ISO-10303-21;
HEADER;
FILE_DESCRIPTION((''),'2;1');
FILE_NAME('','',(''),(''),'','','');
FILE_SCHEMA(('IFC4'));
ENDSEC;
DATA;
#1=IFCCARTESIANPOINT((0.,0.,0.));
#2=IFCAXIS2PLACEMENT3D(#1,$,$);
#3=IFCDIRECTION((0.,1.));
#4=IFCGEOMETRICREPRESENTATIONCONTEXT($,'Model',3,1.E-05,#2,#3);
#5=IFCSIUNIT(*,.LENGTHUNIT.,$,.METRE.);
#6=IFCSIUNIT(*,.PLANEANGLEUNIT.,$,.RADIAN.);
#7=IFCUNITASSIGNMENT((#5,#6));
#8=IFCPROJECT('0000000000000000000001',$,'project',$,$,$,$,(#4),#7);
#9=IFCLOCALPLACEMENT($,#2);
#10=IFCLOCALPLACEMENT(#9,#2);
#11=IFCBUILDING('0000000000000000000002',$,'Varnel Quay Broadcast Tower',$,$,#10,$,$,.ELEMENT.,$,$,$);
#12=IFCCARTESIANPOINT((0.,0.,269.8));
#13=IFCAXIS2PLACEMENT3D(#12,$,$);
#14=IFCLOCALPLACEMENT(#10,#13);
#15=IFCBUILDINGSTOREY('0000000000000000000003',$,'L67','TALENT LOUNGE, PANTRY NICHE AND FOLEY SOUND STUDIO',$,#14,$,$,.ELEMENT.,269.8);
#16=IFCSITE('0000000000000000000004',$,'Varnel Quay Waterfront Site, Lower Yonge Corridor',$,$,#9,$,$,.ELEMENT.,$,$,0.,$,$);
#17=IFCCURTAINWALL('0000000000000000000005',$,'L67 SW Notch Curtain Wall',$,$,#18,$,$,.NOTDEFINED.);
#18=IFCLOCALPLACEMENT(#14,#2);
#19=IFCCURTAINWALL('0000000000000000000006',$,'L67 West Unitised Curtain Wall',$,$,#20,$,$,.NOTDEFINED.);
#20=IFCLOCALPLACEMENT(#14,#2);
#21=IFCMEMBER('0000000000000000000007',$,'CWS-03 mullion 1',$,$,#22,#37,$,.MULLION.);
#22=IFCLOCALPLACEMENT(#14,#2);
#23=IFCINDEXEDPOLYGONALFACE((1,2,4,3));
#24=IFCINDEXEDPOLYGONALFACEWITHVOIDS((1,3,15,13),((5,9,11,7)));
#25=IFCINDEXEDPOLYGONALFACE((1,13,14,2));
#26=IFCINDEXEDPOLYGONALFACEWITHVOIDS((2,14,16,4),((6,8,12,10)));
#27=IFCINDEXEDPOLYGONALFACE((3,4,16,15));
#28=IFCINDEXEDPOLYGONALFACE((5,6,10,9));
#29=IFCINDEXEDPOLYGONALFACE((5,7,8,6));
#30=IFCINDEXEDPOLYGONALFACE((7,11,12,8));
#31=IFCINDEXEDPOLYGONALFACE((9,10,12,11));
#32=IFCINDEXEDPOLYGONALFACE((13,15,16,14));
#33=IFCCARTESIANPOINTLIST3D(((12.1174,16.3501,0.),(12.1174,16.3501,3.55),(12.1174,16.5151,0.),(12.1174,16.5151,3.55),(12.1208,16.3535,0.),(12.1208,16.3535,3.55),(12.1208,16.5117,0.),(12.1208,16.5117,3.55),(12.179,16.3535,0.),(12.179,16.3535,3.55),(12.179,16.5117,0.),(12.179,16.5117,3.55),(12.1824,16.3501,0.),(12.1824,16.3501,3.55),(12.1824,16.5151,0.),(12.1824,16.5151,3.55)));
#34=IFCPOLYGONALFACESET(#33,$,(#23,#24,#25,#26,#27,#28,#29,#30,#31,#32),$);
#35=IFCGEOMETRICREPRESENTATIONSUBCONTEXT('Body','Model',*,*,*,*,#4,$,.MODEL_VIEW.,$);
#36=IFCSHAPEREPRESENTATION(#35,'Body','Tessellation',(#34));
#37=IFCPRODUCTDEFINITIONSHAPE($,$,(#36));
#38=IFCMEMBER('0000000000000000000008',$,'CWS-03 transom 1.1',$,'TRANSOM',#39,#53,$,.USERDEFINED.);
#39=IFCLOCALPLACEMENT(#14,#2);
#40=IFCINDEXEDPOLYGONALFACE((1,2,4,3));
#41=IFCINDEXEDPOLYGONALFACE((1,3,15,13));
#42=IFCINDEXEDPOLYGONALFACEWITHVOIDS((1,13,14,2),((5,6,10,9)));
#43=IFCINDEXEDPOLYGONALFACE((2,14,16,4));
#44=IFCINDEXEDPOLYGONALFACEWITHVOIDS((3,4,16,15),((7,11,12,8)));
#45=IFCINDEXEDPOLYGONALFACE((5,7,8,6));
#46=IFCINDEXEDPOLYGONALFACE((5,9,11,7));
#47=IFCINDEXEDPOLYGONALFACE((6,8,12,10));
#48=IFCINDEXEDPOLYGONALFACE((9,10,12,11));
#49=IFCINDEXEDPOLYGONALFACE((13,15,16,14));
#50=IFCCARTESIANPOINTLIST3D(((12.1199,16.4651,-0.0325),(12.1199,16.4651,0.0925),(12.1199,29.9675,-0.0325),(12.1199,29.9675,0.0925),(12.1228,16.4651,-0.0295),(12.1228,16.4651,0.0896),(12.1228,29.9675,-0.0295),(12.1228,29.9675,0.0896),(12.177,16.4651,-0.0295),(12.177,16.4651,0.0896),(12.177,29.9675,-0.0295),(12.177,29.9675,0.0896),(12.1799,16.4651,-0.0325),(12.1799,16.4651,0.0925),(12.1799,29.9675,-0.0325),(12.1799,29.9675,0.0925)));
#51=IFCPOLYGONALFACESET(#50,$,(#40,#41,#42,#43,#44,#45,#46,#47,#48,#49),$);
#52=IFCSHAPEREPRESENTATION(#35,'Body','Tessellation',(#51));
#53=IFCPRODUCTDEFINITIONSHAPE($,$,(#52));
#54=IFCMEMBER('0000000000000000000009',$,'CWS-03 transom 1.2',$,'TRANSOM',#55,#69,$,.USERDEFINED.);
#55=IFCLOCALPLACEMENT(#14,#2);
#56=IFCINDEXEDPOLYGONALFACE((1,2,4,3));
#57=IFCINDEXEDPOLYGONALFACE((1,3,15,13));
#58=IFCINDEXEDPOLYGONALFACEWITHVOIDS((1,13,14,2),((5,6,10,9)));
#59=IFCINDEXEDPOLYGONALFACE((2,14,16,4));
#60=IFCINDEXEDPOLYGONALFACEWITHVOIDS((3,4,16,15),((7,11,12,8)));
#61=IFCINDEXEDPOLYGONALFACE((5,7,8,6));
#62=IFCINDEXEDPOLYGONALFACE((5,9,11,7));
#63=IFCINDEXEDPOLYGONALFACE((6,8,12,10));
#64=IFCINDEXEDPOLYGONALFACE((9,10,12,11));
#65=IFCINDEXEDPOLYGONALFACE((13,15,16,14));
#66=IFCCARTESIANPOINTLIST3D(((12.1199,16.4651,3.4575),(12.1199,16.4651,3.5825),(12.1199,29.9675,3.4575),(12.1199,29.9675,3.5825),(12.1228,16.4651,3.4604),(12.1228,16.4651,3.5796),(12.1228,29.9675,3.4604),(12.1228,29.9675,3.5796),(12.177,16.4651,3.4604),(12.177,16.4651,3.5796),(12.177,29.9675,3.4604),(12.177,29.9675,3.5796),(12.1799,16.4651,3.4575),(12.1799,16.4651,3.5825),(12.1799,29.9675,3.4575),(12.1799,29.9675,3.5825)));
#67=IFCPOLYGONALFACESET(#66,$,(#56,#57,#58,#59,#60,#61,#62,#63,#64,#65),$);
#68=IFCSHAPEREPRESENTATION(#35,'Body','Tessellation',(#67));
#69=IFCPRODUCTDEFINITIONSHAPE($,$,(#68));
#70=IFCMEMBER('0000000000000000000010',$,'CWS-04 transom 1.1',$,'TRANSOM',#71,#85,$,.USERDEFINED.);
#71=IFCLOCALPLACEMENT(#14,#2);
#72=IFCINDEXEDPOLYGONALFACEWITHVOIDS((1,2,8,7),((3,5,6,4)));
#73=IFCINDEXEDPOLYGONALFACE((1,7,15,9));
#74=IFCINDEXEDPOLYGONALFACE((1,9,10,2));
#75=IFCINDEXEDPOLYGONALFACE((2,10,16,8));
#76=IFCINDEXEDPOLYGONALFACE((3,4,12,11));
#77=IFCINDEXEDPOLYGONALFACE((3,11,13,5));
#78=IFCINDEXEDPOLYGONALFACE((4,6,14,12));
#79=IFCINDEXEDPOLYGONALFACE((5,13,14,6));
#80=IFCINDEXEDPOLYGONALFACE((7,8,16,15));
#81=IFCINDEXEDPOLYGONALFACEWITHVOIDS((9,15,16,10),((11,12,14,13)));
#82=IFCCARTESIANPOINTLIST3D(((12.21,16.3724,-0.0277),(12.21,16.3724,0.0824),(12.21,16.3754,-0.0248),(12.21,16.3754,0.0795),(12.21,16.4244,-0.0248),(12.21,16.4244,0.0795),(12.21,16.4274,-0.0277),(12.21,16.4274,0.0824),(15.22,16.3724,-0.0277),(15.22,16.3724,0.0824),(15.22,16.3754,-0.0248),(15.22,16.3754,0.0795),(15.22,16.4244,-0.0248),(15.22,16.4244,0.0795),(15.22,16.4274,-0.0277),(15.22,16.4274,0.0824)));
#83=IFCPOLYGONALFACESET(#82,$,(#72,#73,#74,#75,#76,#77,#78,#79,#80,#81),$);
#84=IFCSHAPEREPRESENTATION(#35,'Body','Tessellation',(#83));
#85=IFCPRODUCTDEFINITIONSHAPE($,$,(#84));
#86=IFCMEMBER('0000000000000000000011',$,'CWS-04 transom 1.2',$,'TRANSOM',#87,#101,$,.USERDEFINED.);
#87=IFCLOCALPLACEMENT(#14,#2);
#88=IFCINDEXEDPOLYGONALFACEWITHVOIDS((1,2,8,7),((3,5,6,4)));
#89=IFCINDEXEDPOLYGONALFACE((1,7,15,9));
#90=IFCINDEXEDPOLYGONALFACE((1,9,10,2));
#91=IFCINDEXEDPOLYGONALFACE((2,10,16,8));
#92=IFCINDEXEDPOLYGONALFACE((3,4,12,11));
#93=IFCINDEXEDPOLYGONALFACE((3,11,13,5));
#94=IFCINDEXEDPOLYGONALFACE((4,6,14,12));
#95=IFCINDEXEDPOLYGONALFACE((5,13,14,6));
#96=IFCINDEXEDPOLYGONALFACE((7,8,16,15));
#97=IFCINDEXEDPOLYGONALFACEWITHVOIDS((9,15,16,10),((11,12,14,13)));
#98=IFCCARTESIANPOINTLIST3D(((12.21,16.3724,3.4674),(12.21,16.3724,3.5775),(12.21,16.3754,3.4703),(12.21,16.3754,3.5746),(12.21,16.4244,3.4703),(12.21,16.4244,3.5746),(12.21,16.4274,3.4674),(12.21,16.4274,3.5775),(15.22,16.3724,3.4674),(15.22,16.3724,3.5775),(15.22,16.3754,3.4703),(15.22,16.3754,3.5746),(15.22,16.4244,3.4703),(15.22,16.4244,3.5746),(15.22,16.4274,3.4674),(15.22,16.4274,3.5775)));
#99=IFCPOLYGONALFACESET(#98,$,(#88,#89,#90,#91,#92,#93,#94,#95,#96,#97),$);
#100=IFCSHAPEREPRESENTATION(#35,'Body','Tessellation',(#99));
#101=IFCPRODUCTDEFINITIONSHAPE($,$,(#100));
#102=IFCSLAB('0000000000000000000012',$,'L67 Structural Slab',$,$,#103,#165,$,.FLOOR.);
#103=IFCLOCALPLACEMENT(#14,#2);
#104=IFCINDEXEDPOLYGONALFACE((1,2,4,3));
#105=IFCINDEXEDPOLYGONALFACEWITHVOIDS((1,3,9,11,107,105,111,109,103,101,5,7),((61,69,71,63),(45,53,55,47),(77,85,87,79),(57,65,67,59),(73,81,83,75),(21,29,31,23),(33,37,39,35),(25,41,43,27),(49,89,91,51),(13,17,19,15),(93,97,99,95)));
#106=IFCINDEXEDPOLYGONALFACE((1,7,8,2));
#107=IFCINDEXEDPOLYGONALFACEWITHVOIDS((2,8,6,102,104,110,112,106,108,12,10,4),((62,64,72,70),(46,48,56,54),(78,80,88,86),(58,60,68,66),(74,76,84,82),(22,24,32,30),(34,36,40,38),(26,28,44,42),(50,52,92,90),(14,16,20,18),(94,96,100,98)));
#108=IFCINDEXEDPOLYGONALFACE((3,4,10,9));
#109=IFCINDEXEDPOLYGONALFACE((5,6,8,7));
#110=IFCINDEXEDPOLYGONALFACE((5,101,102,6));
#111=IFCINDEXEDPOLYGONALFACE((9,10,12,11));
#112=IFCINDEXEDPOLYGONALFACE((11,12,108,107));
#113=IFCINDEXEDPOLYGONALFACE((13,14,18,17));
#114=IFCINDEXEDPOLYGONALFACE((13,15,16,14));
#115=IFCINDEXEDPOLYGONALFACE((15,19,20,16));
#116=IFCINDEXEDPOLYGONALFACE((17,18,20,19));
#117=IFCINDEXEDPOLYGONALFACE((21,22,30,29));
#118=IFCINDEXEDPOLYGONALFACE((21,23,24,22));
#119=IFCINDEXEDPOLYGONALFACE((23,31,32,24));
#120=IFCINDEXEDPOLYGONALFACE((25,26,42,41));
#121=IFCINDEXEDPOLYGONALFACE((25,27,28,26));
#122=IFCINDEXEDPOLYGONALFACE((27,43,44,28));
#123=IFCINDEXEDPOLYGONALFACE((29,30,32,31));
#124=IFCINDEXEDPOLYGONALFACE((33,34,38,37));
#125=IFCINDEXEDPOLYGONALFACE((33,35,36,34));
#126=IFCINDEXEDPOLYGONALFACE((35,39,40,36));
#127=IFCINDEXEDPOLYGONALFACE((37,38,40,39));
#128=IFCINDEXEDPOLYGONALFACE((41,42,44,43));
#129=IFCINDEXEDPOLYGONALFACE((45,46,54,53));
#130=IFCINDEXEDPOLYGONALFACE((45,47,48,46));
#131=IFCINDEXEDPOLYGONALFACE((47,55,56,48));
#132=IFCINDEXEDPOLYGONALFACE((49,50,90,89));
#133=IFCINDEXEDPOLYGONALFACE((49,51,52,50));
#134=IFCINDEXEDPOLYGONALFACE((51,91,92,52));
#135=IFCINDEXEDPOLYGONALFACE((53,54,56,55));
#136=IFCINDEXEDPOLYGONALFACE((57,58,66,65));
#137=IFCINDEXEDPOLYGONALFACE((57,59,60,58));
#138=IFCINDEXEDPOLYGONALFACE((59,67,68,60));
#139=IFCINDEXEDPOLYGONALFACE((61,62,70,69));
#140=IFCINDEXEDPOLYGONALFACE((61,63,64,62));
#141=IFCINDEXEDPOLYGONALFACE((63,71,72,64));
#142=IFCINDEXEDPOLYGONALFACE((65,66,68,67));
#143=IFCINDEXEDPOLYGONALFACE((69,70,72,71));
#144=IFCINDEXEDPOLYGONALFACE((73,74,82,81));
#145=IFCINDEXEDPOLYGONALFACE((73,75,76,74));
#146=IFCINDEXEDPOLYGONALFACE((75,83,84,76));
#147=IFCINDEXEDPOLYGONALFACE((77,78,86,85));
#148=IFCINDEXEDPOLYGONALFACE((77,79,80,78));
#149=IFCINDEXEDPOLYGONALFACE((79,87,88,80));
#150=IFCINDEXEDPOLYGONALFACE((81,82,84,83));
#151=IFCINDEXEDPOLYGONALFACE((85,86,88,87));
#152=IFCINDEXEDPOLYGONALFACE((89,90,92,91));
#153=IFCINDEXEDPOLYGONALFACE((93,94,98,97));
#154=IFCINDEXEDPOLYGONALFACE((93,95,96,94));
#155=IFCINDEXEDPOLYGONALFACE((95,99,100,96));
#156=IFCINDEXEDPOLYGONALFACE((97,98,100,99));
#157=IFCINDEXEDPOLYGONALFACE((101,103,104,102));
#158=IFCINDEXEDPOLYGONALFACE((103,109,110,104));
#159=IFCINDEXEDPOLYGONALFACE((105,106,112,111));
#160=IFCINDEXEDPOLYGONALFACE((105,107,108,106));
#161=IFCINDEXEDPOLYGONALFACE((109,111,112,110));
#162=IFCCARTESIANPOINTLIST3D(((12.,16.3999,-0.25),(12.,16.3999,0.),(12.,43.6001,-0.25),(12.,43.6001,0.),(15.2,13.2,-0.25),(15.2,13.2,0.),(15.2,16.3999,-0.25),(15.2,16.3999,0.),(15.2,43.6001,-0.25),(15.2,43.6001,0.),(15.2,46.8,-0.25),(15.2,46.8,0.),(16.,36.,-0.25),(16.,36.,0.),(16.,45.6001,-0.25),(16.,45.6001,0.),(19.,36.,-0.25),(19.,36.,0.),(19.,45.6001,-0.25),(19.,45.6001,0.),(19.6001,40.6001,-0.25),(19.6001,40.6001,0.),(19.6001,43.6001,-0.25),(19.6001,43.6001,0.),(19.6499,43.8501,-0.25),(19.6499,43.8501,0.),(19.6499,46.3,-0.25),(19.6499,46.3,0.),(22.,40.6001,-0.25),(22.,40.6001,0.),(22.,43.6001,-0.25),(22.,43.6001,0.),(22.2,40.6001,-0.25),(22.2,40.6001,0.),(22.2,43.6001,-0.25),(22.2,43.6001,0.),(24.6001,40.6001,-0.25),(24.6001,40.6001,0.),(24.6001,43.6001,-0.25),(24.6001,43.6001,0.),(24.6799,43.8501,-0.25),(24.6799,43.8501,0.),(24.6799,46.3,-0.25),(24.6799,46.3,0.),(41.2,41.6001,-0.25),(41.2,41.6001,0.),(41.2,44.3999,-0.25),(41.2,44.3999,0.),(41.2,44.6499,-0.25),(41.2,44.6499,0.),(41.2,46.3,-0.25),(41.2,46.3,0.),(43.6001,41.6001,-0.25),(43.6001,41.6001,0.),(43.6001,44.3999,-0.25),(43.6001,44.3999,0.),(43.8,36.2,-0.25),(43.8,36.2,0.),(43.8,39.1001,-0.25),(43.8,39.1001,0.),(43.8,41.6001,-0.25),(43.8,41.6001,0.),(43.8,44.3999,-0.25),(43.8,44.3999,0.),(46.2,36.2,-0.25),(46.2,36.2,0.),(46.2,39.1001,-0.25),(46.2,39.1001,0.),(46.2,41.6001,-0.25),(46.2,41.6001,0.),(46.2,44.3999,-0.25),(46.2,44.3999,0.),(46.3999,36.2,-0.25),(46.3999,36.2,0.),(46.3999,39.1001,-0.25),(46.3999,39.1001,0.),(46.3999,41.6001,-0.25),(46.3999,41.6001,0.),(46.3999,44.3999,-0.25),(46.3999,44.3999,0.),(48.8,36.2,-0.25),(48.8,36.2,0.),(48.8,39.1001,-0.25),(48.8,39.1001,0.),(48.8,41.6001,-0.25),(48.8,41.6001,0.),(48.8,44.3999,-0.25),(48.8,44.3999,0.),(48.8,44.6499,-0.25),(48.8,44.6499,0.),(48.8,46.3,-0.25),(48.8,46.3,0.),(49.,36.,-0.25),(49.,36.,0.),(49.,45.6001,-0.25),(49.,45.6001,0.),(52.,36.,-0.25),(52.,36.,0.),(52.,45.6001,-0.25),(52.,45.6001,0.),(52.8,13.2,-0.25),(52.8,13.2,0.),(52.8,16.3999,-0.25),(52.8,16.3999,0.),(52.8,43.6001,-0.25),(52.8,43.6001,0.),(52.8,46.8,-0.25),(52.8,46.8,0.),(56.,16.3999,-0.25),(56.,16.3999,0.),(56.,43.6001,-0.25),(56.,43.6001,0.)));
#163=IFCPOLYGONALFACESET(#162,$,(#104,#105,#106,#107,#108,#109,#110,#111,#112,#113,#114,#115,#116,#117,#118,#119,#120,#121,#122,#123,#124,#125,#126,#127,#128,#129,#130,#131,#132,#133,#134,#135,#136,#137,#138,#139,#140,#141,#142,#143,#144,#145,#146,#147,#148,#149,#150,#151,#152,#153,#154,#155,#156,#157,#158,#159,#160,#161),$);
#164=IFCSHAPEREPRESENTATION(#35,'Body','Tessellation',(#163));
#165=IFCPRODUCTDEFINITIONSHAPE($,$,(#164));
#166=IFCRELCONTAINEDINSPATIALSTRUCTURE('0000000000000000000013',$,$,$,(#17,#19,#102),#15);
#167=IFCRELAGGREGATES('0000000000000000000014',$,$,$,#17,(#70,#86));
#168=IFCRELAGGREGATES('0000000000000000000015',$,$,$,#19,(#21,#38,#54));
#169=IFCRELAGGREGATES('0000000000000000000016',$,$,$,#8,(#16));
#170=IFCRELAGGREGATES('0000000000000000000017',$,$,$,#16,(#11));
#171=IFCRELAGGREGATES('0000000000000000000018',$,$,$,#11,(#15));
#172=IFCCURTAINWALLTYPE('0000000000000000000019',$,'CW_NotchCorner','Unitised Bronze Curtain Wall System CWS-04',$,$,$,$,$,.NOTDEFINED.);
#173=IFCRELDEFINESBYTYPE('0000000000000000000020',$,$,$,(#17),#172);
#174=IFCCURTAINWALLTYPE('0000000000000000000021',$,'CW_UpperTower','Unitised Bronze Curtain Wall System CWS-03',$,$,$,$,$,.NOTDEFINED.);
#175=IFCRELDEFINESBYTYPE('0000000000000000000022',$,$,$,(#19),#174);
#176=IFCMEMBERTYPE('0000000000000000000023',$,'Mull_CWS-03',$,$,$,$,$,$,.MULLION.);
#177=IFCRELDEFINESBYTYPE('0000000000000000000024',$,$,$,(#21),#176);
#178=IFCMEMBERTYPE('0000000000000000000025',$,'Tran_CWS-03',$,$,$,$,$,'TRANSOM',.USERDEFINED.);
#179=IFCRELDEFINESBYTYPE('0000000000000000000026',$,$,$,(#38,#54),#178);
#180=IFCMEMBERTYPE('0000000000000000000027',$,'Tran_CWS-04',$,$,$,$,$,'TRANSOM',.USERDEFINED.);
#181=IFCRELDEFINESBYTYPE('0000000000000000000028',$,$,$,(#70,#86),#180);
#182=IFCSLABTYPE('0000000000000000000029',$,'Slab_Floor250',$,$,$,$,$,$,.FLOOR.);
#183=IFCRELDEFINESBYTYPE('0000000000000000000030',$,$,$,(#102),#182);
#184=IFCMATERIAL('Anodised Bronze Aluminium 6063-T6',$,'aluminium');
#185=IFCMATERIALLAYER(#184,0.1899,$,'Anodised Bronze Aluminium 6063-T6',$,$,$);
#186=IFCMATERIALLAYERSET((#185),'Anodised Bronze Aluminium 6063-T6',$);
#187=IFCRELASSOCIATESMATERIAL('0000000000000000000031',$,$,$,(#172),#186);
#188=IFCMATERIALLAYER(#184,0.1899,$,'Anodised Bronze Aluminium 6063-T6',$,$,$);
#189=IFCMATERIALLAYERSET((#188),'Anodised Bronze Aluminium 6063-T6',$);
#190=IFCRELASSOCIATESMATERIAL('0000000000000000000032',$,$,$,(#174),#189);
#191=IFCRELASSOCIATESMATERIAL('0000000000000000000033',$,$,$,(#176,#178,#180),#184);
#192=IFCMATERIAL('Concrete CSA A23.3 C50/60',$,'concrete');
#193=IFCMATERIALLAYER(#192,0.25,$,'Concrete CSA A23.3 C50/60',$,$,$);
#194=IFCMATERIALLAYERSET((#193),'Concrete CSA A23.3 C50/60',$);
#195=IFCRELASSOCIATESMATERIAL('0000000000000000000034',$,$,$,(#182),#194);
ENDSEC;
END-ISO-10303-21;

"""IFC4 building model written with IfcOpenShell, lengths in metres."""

from ifc_helpers import new_model, si_unit, direction, frame, origin, origin_2d, place, context, subcontext, project, spatial, polyline, hollow_rectangle, outline, extrude, source, transform, mapped, material, layer, layer_set, material_profile, profile_set, type_object, type_shapes, element, aggregate, save


model = new_model("IFC4")

# Units and contexts
model_context = context("Model", 3, precision=1e-05, world=origin(), true_north=direction((0.0, 1.0)))
body_context = subcontext(model_context, "Body", "Model", "MODEL_VIEW")
ifc_project = project(units=[si_unit("LENGTHUNIT", "METRE"), si_unit("PLANEANGLEUNIT", "RADIAN")], contexts=[model_context])

# Site, building, storey
site_placement = place(None, origin())
site = spatial("IfcSite", under=ifc_project, at=site_placement, Name="Varnel Quay Waterfront Site, Lower Yonge Corridor", CompositionType="ELEMENT", RefElevation=0.0)
building_placement = place(site_placement, origin())
building = spatial("IfcBuilding", under=site, at=building_placement, Name="Varnel Quay Broadcast Tower", CompositionType="ELEMENT")
storey_placement = place(building_placement, frame((0.0, 0.0, 269.8)))
storey = spatial("IfcBuildingStorey", under=building, at=storey_placement, Name="L67", Description="TALENT LOUNGE, PANTRY NICHE AND FOLEY SOUND STUDIO", CompositionType="ELEMENT", Elevation=269.8)

# Curtain wall
ifc_material_1 = material(Name="Anodised Bronze Aluminium 6063-T6", Category="aluminium")
ifc_layer_1 = layer(ifc_material_1, 0.1899, Name="Anodised Bronze Aluminium 6063-T6")
ifc_layer_set_1 = layer_set([ifc_layer_1], Name="Anodised Bronze Aluminium 6063-T6")
curtain_wall_type_1 = type_object("IfcCurtainWallType", Name="CW_NotchCorner", Description="Unitised Bronze Curtain Wall System CWS-04", PredefinedType="NOTDEFINED", material=ifc_layer_set_1)
curtain_wall_1_placement = place(storey_placement, origin())
curtain_wall_1 = element("IfcCurtainWall", 1, at=curtain_wall_1_placement, inside=storey, type_object=curtain_wall_type_1, Name="L67 SW Notch Curtain Wall", PredefinedType="NOTDEFINED")

# Curtain wall, members
ifc_layer_2 = layer(ifc_material_1, 0.1899, Name="Anodised Bronze Aluminium 6063-T6")
ifc_layer_set_2 = layer_set([ifc_layer_2], Name="Anodised Bronze Aluminium 6063-T6")
curtain_wall_type_2 = type_object("IfcCurtainWallType", Name="CW_UpperTower", Description="Unitised Bronze Curtain Wall System CWS-03", PredefinedType="NOTDEFINED", material=ifc_layer_set_2)
curtain_wall_2_placement = place(storey_placement, origin())
curtain_wall_2 = element("IfcCurtainWall", 2, at=curtain_wall_2_placement, inside=storey, type_object=curtain_wall_type_2, Name="L67 West Unitised Curtain Wall", PredefinedType="NOTDEFINED")
ifc_material_profile_1 = material_profile(ifc_material_1, hollow_rectangle(XDim=0.0649, YDim=0.165, WallThickness=0.0034, at=origin_2d()), Name="ALU65X165X3.5")
ifc_profile_set_1 = profile_set([ifc_material_profile_1], Name="Anodised Bronze Aluminium 6063-T6")
member_type_1 = type_object("IfcMemberType", Name="Mull_CWS-03", PredefinedType="MULLION", material=ifc_profile_set_1)
shared_shape_1 = source(origin(), body_context, "Body", "SweptSolid", [
    extrude(hollow_rectangle(XDim=0.0649, YDim=0.165, WallThickness=0.0034, at=origin_2d()), origin(), (0.0, 0.0, 1.0), 3.55),
])
type_shapes(member_type_1, [shared_shape_1])
member_1_placement = place(storey_placement, frame((12.1499, 16.4326, 0.0), z_axis=(0.0, 0.0, 1.0), x_axis=(-1.0, 0.0, 0.0)))
member_1 = element("IfcMember", 3, at=member_1_placement, type_object=member_type_1, Name="CWS-03 mullion 1", PredefinedType="MULLION", context=body_context, shape_type="MappedRepresentation", body=[
    mapped(shared_shape_1, transform((0.0, 0.0, 0.0), x_axis=(1.0, 0.0, 0.0), y_axis=(0.0, 1.0, 0.0), z_axis=(0.0, 0.0, 1.0), scale=1.0)),
])
ifc_material_profile_2 = material_profile(ifc_material_1, hollow_rectangle(XDim=0.0601, YDim=0.125, WallThickness=0.0029, at=origin_2d()), Name="ALU60X125X3")
ifc_profile_set_2 = profile_set([ifc_material_profile_2], Name="Anodised Bronze Aluminium 6063-T6")
member_type_2 = type_object("IfcMemberType", Name="Tran_CWS-03", ElementType="TRANSOM", PredefinedType="USERDEFINED", material=ifc_profile_set_2)
shared_shape_2 = source(origin(), body_context, "Body", "SweptSolid", [
    extrude(hollow_rectangle(XDim=0.0601, YDim=0.125, WallThickness=0.0029, at=origin_2d()), origin(), (0.0, 0.0, 1.0), 13.5024),
])
type_shapes(member_type_2, [shared_shape_2])
member_2_placement = place(storey_placement, frame((12.1499, 16.4651, 0.03), z_axis=(0.0, 1.0, 0.0), x_axis=(-1.0, 0.0, 0.0)))
member_2 = element("IfcMember", 4, at=member_2_placement, type_object=member_type_2, Name="CWS-03 transom 1.1", ObjectType="TRANSOM", PredefinedType="USERDEFINED", context=body_context, shape_type="MappedRepresentation", body=[
    mapped(shared_shape_2, transform((0.0, 0.0, 0.0), x_axis=(1.0, 0.0, 0.0), y_axis=(0.0, 1.0, 0.0), z_axis=(0.0, 0.0, 1.0), scale=1.0)),
])
member_3_placement = place(storey_placement, frame((12.1499, 16.4651, 3.52), z_axis=(0.0, 1.0, 0.0), x_axis=(-1.0, 0.0, 0.0)))
member_3 = element("IfcMember", 5, at=member_3_placement, type_object=member_type_2, Name="CWS-03 transom 1.2", ObjectType="TRANSOM", PredefinedType="USERDEFINED", context=body_context, shape_type="MappedRepresentation", body=[
    mapped(shared_shape_2, transform((0.0, 0.0, 0.0), x_axis=(1.0, 0.0, 0.0), y_axis=(0.0, 1.0, 0.0), z_axis=(0.0, 0.0, 1.0), scale=1.0)),
])

# Members
ifc_material_profile_3 = material_profile(ifc_material_1, hollow_rectangle(XDim=0.0549, YDim=0.1101, WallThickness=0.0029, at=origin_2d()), Name="ALU55X110X3")
ifc_profile_set_3 = profile_set([ifc_material_profile_3], Name="Anodised Bronze Aluminium 6063-T6")
member_type_3 = type_object("IfcMemberType", Name="Tran_CWS-04", ElementType="TRANSOM", PredefinedType="USERDEFINED", material=ifc_profile_set_3)
shared_shape_3 = source(origin(), body_context, "Body", "SweptSolid", [
    extrude(hollow_rectangle(XDim=0.0549, YDim=0.1101, WallThickness=0.0029, at=origin_2d()), origin(), (0.0, 0.0, 1.0), 3.01),
])
type_shapes(member_type_3, [shared_shape_3])
member_4_placement = place(storey_placement, frame((12.21, 16.3999, 0.0273), z_axis=(1.0, 0.0, 0.0), x_axis=(0.0, 1.0, 0.0)))
member_4 = element("IfcMember", 6, at=member_4_placement, type_object=member_type_3, Name="CWS-04 transom 1.1", ObjectType="TRANSOM", PredefinedType="USERDEFINED", context=body_context, shape_type="MappedRepresentation", body=[
    mapped(shared_shape_3, transform((0.0, 0.0, 0.0), x_axis=(1.0, 0.0, 0.0), y_axis=(0.0, 1.0, 0.0), z_axis=(0.0, 0.0, 1.0), scale=1.0)),
])
member_5_placement = place(storey_placement, frame((12.21, 16.3999, 3.5225), z_axis=(1.0, 0.0, 0.0), x_axis=(0.0, 1.0, 0.0)))
member_5 = element("IfcMember", 7, at=member_5_placement, type_object=member_type_3, Name="CWS-04 transom 1.2", ObjectType="TRANSOM", PredefinedType="USERDEFINED", context=body_context, shape_type="MappedRepresentation", body=[
    mapped(shared_shape_3, transform((0.0, 0.0, 0.0), x_axis=(1.0, 0.0, 0.0), y_axis=(0.0, 1.0, 0.0), z_axis=(0.0, 0.0, 1.0), scale=1.0)),
])
aggregate(curtain_wall_1, [member_4, member_5])

# Slab
ifc_material_2 = material(Name="Concrete CSA A23.3 C50/60", Category="concrete")
ifc_layer_3 = layer(ifc_material_2, 0.25, Name="Concrete CSA A23.3 C50/60")
ifc_layer_set_3 = layer_set([ifc_layer_3], Name="Concrete CSA A23.3 C50/60")
slab_type_1 = type_object("IfcSlabType", Name="Slab_Floor250", PredefinedType="FLOOR", material=ifc_layer_set_3)
slab_1_placement = place(storey_placement, frame((0.0, 0.0, -0.25)))
element("IfcSlab", 8, at=slab_1_placement, inside=storey, type_object=slab_type_1, Name="L67 Structural Slab", PredefinedType="FLOOR", context=body_context, shape_type="SweptSolid", body=[
    extrude(outline(polyline([(15.2, 13.2), (52.8, 13.2), (52.8, 16.3999), (56.0, 16.3999), (56.0, 43.6001), (52.8, 43.6001), (52.8, 46.8), (15.2, 46.8), (15.2, 43.6001), (12.0, 43.6001), (12.0, 16.3999), (15.2, 16.3999), (15.2, 13.2)]), holes=[polyline([(19.0, 36.0), (16.0, 36.0), (16.0, 45.6001), (19.0, 45.6001), (19.0, 36.0)]), polyline([(19.6001, 40.6001), (19.6001, 43.6001), (22.0, 43.6001), (22.0, 40.6001), (19.6001, 40.6001)]), polyline([(22.2, 40.6001), (22.2, 43.6001), (24.6001, 43.6001), (24.6001, 40.6001), (22.2, 40.6001)]), polyline([(41.2, 44.3999), (43.6001, 44.3999), (43.6001, 41.6001), (41.2, 41.6001), (41.2, 44.3999)]), polyline([(43.8, 44.3999), (46.2, 44.3999), (46.2, 41.6001), (43.8, 41.6001), (43.8, 44.3999)]), polyline([(19.6499, 43.8501), (19.6499, 46.3), (24.6799, 46.3), (24.6799, 43.8501), (19.6499, 43.8501)]), polyline([(43.8, 39.1001), (46.2, 39.1001), (46.2, 36.2), (43.8, 36.2), (43.8, 39.1001)]), polyline([(46.3999, 39.1001), (48.8, 39.1001), (48.8, 36.2), (46.3999, 36.2), (46.3999, 39.1001)]), polyline([(52.0, 36.0), (49.0, 36.0), (49.0, 45.6001), (52.0, 45.6001), (52.0, 36.0)]), polyline([(46.3999, 44.3999), (48.8, 44.3999), (48.8, 41.6001), (46.3999, 41.6001), (46.3999, 44.3999)]), polyline([(41.2, 46.3), (48.8, 46.3), (48.8, 44.6499), (41.2, 44.6499), (41.2, 46.3)])]), origin(), (0.0, 0.0, 1.0), 0.25),
])

aggregate(curtain_wall_2, [member_1, member_2, member_3])

save(model, "model.ifc")
